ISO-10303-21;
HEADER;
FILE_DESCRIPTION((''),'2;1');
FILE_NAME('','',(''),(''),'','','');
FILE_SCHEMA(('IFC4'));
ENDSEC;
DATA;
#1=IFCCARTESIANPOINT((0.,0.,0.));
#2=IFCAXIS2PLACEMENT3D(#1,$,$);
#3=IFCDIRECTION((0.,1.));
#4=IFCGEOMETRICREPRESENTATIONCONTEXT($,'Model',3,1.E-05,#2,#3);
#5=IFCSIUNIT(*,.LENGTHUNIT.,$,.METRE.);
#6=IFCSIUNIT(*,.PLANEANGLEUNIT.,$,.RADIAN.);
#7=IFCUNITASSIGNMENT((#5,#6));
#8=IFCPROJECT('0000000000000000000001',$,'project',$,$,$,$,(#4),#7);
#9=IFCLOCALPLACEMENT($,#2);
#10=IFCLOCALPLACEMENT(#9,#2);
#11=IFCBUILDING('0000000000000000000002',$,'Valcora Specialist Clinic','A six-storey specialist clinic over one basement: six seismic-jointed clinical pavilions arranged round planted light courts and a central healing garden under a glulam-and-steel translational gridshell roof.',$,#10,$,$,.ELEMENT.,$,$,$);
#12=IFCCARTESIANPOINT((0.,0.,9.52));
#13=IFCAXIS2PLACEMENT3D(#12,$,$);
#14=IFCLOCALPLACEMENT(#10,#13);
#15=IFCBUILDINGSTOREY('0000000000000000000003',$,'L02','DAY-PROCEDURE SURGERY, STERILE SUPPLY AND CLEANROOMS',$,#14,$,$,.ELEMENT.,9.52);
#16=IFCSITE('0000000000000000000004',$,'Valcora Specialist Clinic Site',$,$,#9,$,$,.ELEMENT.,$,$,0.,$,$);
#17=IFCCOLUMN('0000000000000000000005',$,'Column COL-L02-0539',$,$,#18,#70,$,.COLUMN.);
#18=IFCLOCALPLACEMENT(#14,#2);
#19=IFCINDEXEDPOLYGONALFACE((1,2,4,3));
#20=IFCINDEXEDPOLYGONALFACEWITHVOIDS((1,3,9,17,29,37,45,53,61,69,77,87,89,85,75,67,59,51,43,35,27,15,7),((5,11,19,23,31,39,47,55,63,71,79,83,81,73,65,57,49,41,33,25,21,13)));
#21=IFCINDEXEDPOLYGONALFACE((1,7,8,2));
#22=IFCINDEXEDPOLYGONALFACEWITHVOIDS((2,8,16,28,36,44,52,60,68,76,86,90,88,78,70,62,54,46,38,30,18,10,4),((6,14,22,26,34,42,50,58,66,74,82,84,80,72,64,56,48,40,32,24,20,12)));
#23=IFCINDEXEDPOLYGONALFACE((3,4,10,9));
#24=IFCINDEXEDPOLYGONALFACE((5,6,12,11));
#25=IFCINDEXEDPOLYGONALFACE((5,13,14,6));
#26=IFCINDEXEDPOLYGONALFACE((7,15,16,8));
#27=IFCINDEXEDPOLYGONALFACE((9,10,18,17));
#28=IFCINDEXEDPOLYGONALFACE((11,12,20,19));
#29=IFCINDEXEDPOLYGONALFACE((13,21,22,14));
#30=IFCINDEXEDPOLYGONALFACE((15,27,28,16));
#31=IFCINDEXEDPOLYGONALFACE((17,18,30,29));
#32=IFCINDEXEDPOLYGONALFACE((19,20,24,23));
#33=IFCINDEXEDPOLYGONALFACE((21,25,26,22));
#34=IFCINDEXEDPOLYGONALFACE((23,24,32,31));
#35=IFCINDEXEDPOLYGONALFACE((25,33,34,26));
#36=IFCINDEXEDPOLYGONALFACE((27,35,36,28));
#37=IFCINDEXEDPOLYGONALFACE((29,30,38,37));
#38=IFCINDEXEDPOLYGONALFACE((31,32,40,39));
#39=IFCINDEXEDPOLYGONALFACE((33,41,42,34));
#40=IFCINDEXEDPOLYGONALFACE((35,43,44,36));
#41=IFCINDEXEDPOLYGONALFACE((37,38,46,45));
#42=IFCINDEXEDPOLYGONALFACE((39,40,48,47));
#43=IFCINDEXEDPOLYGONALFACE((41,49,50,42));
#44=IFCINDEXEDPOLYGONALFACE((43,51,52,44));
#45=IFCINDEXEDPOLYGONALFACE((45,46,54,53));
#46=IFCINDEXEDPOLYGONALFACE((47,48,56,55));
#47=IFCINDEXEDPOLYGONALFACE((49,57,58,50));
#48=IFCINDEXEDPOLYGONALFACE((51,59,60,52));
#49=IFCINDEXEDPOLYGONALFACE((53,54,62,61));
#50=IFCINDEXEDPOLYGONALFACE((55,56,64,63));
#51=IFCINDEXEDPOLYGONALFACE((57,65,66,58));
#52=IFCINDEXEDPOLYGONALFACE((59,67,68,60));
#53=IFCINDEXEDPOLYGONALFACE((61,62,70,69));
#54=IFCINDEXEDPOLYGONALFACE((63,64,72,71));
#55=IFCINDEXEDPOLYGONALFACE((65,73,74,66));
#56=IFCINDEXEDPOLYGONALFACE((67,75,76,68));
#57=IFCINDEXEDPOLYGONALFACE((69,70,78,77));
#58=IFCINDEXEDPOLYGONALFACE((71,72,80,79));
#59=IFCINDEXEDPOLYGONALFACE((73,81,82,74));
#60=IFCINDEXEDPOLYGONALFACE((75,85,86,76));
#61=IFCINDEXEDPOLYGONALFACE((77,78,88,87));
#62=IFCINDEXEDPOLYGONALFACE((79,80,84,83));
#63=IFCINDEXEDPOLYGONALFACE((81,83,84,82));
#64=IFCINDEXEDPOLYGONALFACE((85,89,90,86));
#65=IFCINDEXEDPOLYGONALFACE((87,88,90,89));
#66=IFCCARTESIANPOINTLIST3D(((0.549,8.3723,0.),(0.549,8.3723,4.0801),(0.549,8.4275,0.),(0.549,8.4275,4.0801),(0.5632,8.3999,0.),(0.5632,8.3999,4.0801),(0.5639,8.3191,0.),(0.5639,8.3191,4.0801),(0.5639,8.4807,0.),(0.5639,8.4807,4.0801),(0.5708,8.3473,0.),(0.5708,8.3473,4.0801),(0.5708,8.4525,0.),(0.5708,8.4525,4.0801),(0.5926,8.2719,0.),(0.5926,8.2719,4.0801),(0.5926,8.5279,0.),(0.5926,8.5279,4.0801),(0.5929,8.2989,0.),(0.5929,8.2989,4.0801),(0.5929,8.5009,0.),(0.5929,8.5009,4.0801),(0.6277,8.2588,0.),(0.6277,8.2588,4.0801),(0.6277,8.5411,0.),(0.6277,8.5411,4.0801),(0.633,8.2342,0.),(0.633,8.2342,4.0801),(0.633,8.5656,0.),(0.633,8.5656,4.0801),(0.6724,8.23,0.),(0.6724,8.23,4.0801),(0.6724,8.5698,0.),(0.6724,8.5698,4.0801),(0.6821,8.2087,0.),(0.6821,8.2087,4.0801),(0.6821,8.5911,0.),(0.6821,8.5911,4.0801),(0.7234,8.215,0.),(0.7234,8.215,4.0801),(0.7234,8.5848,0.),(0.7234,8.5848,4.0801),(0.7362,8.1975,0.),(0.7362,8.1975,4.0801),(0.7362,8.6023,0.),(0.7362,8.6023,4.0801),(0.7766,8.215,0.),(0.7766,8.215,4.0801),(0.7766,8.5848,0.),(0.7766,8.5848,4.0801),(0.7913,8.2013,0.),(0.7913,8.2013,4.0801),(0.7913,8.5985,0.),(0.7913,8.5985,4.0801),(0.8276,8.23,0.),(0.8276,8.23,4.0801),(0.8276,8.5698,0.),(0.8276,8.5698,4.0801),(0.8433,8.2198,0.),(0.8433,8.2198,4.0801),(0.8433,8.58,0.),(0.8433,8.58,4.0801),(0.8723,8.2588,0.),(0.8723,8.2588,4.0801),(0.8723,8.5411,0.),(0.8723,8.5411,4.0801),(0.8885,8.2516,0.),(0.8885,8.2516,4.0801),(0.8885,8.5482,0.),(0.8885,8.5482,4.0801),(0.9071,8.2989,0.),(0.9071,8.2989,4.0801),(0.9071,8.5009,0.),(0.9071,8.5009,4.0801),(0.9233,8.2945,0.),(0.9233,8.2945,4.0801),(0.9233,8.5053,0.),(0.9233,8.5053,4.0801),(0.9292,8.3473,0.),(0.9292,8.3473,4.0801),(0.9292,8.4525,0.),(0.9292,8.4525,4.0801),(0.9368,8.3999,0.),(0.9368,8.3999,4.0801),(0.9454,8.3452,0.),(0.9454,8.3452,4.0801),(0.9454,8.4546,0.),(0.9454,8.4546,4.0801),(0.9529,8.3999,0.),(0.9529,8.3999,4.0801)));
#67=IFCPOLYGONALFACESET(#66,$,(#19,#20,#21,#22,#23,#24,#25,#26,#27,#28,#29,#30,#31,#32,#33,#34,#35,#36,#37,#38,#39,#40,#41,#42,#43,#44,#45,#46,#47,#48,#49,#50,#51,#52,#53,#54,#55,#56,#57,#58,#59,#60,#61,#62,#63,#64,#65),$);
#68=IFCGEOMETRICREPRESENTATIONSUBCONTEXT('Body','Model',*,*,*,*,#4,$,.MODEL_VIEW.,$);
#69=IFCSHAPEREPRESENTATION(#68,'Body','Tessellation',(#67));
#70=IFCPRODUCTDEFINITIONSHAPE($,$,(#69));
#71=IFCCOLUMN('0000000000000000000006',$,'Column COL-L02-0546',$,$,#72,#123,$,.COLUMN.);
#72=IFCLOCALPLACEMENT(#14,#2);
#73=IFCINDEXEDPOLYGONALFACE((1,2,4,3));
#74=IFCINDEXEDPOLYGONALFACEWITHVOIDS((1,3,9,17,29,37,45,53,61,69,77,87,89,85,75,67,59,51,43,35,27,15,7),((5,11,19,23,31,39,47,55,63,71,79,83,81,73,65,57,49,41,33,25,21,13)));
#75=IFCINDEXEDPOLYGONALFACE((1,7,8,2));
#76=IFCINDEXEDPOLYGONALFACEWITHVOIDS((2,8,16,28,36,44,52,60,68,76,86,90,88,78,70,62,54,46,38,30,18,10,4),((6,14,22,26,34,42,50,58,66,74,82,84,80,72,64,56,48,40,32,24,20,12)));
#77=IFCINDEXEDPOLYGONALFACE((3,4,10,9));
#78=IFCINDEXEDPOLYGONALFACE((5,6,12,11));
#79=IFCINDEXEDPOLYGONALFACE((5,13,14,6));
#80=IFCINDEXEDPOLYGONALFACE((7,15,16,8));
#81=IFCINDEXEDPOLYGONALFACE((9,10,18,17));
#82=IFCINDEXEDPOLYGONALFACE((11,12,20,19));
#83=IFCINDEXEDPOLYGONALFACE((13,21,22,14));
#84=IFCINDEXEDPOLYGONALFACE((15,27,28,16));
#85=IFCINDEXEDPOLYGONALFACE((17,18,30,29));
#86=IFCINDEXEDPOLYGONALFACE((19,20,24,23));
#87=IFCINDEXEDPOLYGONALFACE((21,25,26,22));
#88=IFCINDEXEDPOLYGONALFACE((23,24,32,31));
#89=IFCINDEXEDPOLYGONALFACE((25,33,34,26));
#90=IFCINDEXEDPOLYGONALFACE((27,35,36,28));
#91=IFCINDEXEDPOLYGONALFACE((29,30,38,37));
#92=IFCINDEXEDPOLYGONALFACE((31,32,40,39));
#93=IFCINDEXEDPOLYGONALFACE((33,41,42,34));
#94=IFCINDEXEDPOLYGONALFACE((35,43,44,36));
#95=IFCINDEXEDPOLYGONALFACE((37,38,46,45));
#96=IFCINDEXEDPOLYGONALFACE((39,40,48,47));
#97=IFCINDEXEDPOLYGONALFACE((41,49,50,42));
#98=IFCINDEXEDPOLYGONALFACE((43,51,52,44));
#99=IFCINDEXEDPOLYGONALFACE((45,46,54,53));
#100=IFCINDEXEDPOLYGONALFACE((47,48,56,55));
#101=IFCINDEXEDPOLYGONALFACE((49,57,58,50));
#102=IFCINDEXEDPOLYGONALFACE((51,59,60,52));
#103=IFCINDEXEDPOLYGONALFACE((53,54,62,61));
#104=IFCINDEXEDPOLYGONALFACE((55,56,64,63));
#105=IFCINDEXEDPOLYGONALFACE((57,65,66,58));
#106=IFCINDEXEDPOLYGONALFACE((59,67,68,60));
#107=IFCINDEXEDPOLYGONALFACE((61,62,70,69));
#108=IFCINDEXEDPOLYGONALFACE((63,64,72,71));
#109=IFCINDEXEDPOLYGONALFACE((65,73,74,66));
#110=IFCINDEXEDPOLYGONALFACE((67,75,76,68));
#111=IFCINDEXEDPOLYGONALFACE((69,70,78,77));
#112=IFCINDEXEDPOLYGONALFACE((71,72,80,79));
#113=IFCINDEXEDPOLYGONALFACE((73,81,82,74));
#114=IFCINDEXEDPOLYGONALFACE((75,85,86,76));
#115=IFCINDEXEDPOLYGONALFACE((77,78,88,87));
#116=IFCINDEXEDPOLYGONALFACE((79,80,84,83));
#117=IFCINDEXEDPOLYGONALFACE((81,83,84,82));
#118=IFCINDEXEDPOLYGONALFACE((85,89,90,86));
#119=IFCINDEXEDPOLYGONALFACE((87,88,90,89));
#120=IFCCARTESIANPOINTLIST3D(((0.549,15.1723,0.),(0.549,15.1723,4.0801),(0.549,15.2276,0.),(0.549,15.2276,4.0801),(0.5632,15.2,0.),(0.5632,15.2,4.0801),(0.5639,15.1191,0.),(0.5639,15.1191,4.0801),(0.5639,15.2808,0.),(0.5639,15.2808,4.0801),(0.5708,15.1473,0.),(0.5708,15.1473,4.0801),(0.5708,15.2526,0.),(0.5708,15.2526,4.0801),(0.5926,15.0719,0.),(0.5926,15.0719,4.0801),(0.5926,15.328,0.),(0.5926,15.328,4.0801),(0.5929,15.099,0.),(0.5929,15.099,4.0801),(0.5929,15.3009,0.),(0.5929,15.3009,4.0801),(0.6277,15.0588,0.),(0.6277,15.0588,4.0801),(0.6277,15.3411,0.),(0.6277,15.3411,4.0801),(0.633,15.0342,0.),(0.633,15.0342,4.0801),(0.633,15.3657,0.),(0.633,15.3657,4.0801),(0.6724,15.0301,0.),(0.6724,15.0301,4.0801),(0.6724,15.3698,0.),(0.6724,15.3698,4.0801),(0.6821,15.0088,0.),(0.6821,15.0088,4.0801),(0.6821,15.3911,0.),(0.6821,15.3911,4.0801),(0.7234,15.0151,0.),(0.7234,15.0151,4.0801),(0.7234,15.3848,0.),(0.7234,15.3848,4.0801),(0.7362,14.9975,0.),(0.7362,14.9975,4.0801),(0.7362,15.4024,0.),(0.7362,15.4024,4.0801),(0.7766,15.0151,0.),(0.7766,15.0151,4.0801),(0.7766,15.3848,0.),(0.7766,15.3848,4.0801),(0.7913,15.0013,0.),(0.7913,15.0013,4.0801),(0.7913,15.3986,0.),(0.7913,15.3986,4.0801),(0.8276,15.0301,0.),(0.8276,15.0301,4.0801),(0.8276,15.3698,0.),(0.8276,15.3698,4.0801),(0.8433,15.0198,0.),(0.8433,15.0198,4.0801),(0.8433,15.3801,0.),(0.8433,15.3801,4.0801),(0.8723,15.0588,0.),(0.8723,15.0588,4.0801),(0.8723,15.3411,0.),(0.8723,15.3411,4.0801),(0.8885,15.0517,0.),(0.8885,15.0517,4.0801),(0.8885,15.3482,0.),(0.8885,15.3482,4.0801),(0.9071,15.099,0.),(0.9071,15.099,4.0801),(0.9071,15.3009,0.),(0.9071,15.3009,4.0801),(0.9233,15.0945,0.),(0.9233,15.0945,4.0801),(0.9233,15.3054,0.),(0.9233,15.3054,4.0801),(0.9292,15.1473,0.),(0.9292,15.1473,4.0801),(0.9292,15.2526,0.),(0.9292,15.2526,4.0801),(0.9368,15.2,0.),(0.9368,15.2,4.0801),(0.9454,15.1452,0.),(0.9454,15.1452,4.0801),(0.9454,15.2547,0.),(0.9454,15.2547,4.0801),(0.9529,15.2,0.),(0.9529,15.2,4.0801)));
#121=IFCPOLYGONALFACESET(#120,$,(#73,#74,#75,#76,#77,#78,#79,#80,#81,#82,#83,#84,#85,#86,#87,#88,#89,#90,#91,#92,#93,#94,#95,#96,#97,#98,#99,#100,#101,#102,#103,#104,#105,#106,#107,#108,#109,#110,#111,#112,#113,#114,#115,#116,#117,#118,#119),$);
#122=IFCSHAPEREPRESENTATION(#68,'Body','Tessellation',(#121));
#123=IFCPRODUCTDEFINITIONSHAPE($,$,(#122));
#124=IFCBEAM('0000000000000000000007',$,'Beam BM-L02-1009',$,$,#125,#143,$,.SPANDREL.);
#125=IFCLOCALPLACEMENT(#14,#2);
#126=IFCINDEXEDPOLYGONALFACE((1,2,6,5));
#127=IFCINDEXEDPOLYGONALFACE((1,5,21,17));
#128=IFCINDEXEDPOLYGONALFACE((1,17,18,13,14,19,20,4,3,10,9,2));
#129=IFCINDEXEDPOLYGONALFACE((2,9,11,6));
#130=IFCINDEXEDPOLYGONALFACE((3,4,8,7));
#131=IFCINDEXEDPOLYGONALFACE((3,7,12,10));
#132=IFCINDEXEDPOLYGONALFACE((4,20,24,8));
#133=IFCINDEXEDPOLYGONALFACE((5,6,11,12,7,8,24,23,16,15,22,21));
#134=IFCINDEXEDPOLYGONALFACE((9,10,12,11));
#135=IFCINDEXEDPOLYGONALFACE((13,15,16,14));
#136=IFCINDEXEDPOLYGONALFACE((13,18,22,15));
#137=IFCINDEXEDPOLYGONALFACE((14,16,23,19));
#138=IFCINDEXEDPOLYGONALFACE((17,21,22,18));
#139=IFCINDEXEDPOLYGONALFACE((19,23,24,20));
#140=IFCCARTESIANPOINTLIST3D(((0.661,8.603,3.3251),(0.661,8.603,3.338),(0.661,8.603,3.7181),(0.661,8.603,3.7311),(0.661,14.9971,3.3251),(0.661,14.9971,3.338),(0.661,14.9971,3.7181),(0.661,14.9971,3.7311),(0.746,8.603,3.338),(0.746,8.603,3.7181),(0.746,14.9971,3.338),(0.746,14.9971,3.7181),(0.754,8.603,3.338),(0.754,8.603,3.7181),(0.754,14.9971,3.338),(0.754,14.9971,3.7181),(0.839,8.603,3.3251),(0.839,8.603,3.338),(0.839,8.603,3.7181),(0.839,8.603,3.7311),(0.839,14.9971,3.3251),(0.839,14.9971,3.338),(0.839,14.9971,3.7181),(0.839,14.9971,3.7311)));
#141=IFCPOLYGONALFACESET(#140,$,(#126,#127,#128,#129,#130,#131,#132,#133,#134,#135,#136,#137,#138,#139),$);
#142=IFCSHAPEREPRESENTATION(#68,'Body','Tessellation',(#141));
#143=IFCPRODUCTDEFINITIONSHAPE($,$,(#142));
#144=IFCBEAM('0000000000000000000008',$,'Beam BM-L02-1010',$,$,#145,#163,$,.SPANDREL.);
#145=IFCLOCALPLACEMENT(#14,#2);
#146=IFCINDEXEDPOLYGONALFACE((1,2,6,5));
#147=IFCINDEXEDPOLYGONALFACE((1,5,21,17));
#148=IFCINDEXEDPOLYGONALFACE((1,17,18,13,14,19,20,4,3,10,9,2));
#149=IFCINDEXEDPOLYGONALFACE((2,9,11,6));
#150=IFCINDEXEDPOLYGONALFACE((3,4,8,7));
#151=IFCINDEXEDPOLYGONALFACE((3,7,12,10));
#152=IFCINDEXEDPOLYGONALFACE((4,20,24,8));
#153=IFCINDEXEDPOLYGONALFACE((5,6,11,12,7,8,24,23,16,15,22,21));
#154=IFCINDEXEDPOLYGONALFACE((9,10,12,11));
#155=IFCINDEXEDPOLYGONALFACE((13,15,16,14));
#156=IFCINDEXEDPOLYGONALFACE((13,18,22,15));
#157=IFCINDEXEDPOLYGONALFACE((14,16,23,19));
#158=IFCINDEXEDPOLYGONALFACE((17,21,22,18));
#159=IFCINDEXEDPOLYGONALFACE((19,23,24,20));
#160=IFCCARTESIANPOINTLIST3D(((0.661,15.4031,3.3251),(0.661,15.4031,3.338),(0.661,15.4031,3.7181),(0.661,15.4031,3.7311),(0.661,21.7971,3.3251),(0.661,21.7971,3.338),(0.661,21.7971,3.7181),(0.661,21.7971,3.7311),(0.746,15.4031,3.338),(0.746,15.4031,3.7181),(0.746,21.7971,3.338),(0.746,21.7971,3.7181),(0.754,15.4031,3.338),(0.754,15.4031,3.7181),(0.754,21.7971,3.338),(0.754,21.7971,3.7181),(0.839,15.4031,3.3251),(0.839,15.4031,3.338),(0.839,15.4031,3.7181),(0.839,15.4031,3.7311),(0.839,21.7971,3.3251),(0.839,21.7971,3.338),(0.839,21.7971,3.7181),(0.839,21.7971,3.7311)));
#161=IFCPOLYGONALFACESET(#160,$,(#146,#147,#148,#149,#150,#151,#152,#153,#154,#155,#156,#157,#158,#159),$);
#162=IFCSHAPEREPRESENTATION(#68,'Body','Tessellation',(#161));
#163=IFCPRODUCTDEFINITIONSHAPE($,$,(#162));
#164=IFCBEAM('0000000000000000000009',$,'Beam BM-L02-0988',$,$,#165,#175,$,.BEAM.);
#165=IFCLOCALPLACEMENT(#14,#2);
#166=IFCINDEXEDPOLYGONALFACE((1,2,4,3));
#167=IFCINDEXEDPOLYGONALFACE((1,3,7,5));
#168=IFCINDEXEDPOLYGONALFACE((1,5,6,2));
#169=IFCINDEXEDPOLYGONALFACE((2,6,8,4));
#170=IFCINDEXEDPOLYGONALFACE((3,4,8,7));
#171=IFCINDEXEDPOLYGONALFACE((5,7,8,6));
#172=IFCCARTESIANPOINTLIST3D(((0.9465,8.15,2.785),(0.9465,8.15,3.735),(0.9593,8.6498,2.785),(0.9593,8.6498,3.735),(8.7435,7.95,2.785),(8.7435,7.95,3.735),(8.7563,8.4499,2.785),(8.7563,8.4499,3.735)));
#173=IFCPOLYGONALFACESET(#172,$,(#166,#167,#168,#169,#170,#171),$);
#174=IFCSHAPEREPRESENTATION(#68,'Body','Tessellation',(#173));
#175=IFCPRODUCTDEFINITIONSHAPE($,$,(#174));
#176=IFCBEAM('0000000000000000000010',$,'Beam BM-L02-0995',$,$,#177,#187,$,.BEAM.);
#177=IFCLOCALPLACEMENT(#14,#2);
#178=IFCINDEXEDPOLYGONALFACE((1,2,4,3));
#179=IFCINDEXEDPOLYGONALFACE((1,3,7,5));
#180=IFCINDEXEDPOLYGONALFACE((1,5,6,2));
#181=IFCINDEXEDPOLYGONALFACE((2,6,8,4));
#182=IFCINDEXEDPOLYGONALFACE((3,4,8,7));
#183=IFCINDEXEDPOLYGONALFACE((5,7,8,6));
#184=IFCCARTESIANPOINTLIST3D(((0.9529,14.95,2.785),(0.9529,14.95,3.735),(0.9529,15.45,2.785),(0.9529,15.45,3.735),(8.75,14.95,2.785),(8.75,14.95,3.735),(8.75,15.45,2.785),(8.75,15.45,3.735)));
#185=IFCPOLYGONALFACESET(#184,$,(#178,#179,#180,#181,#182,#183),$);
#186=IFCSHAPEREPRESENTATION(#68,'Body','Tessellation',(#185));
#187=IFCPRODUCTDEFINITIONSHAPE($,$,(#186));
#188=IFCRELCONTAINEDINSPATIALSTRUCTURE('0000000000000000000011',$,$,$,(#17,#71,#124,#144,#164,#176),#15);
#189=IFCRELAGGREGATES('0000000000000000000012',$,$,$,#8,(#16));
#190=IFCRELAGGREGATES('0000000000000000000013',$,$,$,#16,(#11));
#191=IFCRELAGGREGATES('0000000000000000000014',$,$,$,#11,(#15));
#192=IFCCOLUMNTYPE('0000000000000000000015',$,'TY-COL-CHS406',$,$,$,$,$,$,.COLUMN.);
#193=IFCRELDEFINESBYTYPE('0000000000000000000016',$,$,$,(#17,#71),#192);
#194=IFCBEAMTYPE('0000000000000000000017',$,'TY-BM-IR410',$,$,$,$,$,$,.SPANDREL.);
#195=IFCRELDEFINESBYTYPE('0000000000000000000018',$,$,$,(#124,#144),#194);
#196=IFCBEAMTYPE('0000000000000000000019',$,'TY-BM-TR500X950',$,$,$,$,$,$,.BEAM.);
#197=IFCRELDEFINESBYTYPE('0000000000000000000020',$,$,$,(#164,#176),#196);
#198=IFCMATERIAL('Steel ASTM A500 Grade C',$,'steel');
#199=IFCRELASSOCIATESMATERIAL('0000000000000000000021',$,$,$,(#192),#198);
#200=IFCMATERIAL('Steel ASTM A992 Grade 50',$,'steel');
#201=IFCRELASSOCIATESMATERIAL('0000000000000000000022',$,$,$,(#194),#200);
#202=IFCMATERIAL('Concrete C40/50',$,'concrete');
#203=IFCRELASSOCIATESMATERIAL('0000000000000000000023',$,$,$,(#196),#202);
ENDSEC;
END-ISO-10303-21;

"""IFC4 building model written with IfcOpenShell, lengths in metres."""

from ifc_helpers import new_model, si_unit, direction, frame, origin, origin_2d, place, context, subcontext, project, spatial, rectangle, hollow_circle, i_section, extrude, material, material_profile, profile_set, type_object, element, save


model = new_model("IFC4")

# Units and contexts
model_context = context("Model", 3, precision=1e-05, world=origin(), true_north=direction((0.0, 1.0)))
body_context = subcontext(model_context, "Body", "Model", "MODEL_VIEW")
ifc_project = project(units=[si_unit("LENGTHUNIT", "METRE"), si_unit("PLANEANGLEUNIT", "RADIAN")], contexts=[model_context])

# Site, building, storey
site_placement = place(None, origin())
site = spatial("IfcSite", under=ifc_project, at=site_placement, Name="Valcora Specialist Clinic Site", CompositionType="ELEMENT", RefElevation=0.0)
building_placement = place(site_placement, origin())
building = spatial("IfcBuilding", under=site, at=building_placement, Name="Valcora Specialist Clinic", Description="A six-storey specialist clinic over one basement: six seismic-jointed clinical pavilions arranged round planted light courts and a central healing garden under a glulam-and-steel translational gridshell roof.", CompositionType="ELEMENT")
storey_placement = place(building_placement, frame((0.0, 0.0, 9.52)))
storey = spatial("IfcBuildingStorey", under=building, at=storey_placement, Name="L02", Description="DAY-PROCEDURE SURGERY, STERILE SUPPLY AND CLEANROOMS", CompositionType="ELEMENT", Elevation=9.52)

# Columns
ifc_material_1 = material(Name="Steel ASTM A500 Grade C", Category="steel")
ifc_material_profile_1 = material_profile(ifc_material_1, hollow_circle(Radius=0.2029, WallThickness=0.0161, at=origin_2d()), Name="ST-CHS-406X16")
ifc_profile_set_1 = profile_set([ifc_material_profile_1], Name="Steel ASTM A500 Grade C")
column_type = type_object("IfcColumnType", Name="TY-COL-CHS406", PredefinedType="COLUMN", material=ifc_profile_set_1)
for number, where, z_axis, x_axis, name in (
    (1, (0.75, 8.3999, 0.0), (0.0, 0.0, 1.0), (1.0, 0.0, 0.0), "Column COL-L02-0539"),
    (2, (0.75, 15.2, 0.0), (0.0, 0.0, 1.0), (1.0, 0.0, 0.0), "Column COL-L02-0546"),
):
    element("IfcColumn", number, at=place(storey_placement, frame(where, z_axis=z_axis, x_axis=x_axis)), inside=storey, type_object=column_type, Name=name, PredefinedType="COLUMN", context=body_context, shape_type="SweptSolid", body=[
        extrude(hollow_circle(Radius=0.2029, WallThickness=0.0161, at=origin_2d()), origin(), (0.0, 0.0, 1.0), 4.0801),
    ])

# Beams
ifc_material_2 = material(Name="Steel ASTM A992 Grade 50", Category="steel")
ifc_material_profile_2 = material_profile(ifc_material_2, i_section(OverallWidth=0.178, OverallDepth=0.406, WebThickness=0.0081, FlangeThickness=0.0129, at=origin_2d()), Name="ST-IR-410X180")
ifc_profile_set_2 = profile_set([ifc_material_profile_2], Name="Steel ASTM A992 Grade 50")
beam_type_1 = type_object("IfcBeamType", Name="TY-BM-IR410", PredefinedType="SPANDREL", material=ifc_profile_set_2)
for number, where, z_axis, x_axis, name in (
    (3, (0.75, 8.603, 3.5281), (0.0, 1.0, 0.0), (-1.0, 0.0, 0.0), "Beam BM-L02-1009"),
    (4, (0.75, 15.4031, 3.5281), (0.0, 1.0, 0.0), (-1.0, 0.0, 0.0), "Beam BM-L02-1010"),
):
    element("IfcBeam", number, at=place(storey_placement, frame(where, z_axis=z_axis, x_axis=x_axis)), inside=storey, type_object=beam_type_1, Name=name, PredefinedType="SPANDREL", context=body_context, shape_type="SweptSolid", body=[
        extrude(i_section(OverallWidth=0.178, OverallDepth=0.406, WebThickness=0.0081, FlangeThickness=0.0129, at=origin_2d()), origin(), (0.0, 0.0, 1.0), 6.394),
    ])
ifc_material_3 = material(Name="Concrete C40/50", Category="concrete")
ifc_material_profile_3 = material_profile(ifc_material_3, rectangle(XDim=0.5, YDim=0.95, at=origin_2d()), Name="RC-BM-500X950")
ifc_profile_set_3 = profile_set([ifc_material_profile_3], Name="Concrete C40/50")
beam_type_2 = type_object("IfcBeamType", Name="TY-BM-TR500X950", PredefinedType="BEAM", material=ifc_profile_set_3)
beam_1_placement = place(storey_placement, frame((0.9529, 8.3999, 3.26), z_axis=(0.999671, -0.025636, 0.0), x_axis=(0.025636, 0.999671, 0.0)))
element("IfcBeam", 5, at=beam_1_placement, inside=storey, type_object=beam_type_2, Name="Beam BM-L02-0988", PredefinedType="BEAM", context=body_context, shape_type="SweptSolid", body=[
    extrude(rectangle(XDim=0.5, YDim=0.95, at=origin_2d()), origin(), (0.0, 0.0, 1.0), 7.7996),
])
beam_2_placement = place(storey_placement, frame((0.9529, 15.2, 3.26), z_axis=(1.0, 0.0, 0.0), x_axis=(0.0, 1.0, 0.0)))
element("IfcBeam", 6, at=beam_2_placement, inside=storey, type_object=beam_type_2, Name="Beam BM-L02-0995", PredefinedType="BEAM", context=body_context, shape_type="SweptSolid", body=[
    extrude(rectangle(XDim=0.5, YDim=0.95, at=origin_2d()), origin(), (0.0, 0.0, 1.0), 7.7971),
])

save(model, "model.ifc")
